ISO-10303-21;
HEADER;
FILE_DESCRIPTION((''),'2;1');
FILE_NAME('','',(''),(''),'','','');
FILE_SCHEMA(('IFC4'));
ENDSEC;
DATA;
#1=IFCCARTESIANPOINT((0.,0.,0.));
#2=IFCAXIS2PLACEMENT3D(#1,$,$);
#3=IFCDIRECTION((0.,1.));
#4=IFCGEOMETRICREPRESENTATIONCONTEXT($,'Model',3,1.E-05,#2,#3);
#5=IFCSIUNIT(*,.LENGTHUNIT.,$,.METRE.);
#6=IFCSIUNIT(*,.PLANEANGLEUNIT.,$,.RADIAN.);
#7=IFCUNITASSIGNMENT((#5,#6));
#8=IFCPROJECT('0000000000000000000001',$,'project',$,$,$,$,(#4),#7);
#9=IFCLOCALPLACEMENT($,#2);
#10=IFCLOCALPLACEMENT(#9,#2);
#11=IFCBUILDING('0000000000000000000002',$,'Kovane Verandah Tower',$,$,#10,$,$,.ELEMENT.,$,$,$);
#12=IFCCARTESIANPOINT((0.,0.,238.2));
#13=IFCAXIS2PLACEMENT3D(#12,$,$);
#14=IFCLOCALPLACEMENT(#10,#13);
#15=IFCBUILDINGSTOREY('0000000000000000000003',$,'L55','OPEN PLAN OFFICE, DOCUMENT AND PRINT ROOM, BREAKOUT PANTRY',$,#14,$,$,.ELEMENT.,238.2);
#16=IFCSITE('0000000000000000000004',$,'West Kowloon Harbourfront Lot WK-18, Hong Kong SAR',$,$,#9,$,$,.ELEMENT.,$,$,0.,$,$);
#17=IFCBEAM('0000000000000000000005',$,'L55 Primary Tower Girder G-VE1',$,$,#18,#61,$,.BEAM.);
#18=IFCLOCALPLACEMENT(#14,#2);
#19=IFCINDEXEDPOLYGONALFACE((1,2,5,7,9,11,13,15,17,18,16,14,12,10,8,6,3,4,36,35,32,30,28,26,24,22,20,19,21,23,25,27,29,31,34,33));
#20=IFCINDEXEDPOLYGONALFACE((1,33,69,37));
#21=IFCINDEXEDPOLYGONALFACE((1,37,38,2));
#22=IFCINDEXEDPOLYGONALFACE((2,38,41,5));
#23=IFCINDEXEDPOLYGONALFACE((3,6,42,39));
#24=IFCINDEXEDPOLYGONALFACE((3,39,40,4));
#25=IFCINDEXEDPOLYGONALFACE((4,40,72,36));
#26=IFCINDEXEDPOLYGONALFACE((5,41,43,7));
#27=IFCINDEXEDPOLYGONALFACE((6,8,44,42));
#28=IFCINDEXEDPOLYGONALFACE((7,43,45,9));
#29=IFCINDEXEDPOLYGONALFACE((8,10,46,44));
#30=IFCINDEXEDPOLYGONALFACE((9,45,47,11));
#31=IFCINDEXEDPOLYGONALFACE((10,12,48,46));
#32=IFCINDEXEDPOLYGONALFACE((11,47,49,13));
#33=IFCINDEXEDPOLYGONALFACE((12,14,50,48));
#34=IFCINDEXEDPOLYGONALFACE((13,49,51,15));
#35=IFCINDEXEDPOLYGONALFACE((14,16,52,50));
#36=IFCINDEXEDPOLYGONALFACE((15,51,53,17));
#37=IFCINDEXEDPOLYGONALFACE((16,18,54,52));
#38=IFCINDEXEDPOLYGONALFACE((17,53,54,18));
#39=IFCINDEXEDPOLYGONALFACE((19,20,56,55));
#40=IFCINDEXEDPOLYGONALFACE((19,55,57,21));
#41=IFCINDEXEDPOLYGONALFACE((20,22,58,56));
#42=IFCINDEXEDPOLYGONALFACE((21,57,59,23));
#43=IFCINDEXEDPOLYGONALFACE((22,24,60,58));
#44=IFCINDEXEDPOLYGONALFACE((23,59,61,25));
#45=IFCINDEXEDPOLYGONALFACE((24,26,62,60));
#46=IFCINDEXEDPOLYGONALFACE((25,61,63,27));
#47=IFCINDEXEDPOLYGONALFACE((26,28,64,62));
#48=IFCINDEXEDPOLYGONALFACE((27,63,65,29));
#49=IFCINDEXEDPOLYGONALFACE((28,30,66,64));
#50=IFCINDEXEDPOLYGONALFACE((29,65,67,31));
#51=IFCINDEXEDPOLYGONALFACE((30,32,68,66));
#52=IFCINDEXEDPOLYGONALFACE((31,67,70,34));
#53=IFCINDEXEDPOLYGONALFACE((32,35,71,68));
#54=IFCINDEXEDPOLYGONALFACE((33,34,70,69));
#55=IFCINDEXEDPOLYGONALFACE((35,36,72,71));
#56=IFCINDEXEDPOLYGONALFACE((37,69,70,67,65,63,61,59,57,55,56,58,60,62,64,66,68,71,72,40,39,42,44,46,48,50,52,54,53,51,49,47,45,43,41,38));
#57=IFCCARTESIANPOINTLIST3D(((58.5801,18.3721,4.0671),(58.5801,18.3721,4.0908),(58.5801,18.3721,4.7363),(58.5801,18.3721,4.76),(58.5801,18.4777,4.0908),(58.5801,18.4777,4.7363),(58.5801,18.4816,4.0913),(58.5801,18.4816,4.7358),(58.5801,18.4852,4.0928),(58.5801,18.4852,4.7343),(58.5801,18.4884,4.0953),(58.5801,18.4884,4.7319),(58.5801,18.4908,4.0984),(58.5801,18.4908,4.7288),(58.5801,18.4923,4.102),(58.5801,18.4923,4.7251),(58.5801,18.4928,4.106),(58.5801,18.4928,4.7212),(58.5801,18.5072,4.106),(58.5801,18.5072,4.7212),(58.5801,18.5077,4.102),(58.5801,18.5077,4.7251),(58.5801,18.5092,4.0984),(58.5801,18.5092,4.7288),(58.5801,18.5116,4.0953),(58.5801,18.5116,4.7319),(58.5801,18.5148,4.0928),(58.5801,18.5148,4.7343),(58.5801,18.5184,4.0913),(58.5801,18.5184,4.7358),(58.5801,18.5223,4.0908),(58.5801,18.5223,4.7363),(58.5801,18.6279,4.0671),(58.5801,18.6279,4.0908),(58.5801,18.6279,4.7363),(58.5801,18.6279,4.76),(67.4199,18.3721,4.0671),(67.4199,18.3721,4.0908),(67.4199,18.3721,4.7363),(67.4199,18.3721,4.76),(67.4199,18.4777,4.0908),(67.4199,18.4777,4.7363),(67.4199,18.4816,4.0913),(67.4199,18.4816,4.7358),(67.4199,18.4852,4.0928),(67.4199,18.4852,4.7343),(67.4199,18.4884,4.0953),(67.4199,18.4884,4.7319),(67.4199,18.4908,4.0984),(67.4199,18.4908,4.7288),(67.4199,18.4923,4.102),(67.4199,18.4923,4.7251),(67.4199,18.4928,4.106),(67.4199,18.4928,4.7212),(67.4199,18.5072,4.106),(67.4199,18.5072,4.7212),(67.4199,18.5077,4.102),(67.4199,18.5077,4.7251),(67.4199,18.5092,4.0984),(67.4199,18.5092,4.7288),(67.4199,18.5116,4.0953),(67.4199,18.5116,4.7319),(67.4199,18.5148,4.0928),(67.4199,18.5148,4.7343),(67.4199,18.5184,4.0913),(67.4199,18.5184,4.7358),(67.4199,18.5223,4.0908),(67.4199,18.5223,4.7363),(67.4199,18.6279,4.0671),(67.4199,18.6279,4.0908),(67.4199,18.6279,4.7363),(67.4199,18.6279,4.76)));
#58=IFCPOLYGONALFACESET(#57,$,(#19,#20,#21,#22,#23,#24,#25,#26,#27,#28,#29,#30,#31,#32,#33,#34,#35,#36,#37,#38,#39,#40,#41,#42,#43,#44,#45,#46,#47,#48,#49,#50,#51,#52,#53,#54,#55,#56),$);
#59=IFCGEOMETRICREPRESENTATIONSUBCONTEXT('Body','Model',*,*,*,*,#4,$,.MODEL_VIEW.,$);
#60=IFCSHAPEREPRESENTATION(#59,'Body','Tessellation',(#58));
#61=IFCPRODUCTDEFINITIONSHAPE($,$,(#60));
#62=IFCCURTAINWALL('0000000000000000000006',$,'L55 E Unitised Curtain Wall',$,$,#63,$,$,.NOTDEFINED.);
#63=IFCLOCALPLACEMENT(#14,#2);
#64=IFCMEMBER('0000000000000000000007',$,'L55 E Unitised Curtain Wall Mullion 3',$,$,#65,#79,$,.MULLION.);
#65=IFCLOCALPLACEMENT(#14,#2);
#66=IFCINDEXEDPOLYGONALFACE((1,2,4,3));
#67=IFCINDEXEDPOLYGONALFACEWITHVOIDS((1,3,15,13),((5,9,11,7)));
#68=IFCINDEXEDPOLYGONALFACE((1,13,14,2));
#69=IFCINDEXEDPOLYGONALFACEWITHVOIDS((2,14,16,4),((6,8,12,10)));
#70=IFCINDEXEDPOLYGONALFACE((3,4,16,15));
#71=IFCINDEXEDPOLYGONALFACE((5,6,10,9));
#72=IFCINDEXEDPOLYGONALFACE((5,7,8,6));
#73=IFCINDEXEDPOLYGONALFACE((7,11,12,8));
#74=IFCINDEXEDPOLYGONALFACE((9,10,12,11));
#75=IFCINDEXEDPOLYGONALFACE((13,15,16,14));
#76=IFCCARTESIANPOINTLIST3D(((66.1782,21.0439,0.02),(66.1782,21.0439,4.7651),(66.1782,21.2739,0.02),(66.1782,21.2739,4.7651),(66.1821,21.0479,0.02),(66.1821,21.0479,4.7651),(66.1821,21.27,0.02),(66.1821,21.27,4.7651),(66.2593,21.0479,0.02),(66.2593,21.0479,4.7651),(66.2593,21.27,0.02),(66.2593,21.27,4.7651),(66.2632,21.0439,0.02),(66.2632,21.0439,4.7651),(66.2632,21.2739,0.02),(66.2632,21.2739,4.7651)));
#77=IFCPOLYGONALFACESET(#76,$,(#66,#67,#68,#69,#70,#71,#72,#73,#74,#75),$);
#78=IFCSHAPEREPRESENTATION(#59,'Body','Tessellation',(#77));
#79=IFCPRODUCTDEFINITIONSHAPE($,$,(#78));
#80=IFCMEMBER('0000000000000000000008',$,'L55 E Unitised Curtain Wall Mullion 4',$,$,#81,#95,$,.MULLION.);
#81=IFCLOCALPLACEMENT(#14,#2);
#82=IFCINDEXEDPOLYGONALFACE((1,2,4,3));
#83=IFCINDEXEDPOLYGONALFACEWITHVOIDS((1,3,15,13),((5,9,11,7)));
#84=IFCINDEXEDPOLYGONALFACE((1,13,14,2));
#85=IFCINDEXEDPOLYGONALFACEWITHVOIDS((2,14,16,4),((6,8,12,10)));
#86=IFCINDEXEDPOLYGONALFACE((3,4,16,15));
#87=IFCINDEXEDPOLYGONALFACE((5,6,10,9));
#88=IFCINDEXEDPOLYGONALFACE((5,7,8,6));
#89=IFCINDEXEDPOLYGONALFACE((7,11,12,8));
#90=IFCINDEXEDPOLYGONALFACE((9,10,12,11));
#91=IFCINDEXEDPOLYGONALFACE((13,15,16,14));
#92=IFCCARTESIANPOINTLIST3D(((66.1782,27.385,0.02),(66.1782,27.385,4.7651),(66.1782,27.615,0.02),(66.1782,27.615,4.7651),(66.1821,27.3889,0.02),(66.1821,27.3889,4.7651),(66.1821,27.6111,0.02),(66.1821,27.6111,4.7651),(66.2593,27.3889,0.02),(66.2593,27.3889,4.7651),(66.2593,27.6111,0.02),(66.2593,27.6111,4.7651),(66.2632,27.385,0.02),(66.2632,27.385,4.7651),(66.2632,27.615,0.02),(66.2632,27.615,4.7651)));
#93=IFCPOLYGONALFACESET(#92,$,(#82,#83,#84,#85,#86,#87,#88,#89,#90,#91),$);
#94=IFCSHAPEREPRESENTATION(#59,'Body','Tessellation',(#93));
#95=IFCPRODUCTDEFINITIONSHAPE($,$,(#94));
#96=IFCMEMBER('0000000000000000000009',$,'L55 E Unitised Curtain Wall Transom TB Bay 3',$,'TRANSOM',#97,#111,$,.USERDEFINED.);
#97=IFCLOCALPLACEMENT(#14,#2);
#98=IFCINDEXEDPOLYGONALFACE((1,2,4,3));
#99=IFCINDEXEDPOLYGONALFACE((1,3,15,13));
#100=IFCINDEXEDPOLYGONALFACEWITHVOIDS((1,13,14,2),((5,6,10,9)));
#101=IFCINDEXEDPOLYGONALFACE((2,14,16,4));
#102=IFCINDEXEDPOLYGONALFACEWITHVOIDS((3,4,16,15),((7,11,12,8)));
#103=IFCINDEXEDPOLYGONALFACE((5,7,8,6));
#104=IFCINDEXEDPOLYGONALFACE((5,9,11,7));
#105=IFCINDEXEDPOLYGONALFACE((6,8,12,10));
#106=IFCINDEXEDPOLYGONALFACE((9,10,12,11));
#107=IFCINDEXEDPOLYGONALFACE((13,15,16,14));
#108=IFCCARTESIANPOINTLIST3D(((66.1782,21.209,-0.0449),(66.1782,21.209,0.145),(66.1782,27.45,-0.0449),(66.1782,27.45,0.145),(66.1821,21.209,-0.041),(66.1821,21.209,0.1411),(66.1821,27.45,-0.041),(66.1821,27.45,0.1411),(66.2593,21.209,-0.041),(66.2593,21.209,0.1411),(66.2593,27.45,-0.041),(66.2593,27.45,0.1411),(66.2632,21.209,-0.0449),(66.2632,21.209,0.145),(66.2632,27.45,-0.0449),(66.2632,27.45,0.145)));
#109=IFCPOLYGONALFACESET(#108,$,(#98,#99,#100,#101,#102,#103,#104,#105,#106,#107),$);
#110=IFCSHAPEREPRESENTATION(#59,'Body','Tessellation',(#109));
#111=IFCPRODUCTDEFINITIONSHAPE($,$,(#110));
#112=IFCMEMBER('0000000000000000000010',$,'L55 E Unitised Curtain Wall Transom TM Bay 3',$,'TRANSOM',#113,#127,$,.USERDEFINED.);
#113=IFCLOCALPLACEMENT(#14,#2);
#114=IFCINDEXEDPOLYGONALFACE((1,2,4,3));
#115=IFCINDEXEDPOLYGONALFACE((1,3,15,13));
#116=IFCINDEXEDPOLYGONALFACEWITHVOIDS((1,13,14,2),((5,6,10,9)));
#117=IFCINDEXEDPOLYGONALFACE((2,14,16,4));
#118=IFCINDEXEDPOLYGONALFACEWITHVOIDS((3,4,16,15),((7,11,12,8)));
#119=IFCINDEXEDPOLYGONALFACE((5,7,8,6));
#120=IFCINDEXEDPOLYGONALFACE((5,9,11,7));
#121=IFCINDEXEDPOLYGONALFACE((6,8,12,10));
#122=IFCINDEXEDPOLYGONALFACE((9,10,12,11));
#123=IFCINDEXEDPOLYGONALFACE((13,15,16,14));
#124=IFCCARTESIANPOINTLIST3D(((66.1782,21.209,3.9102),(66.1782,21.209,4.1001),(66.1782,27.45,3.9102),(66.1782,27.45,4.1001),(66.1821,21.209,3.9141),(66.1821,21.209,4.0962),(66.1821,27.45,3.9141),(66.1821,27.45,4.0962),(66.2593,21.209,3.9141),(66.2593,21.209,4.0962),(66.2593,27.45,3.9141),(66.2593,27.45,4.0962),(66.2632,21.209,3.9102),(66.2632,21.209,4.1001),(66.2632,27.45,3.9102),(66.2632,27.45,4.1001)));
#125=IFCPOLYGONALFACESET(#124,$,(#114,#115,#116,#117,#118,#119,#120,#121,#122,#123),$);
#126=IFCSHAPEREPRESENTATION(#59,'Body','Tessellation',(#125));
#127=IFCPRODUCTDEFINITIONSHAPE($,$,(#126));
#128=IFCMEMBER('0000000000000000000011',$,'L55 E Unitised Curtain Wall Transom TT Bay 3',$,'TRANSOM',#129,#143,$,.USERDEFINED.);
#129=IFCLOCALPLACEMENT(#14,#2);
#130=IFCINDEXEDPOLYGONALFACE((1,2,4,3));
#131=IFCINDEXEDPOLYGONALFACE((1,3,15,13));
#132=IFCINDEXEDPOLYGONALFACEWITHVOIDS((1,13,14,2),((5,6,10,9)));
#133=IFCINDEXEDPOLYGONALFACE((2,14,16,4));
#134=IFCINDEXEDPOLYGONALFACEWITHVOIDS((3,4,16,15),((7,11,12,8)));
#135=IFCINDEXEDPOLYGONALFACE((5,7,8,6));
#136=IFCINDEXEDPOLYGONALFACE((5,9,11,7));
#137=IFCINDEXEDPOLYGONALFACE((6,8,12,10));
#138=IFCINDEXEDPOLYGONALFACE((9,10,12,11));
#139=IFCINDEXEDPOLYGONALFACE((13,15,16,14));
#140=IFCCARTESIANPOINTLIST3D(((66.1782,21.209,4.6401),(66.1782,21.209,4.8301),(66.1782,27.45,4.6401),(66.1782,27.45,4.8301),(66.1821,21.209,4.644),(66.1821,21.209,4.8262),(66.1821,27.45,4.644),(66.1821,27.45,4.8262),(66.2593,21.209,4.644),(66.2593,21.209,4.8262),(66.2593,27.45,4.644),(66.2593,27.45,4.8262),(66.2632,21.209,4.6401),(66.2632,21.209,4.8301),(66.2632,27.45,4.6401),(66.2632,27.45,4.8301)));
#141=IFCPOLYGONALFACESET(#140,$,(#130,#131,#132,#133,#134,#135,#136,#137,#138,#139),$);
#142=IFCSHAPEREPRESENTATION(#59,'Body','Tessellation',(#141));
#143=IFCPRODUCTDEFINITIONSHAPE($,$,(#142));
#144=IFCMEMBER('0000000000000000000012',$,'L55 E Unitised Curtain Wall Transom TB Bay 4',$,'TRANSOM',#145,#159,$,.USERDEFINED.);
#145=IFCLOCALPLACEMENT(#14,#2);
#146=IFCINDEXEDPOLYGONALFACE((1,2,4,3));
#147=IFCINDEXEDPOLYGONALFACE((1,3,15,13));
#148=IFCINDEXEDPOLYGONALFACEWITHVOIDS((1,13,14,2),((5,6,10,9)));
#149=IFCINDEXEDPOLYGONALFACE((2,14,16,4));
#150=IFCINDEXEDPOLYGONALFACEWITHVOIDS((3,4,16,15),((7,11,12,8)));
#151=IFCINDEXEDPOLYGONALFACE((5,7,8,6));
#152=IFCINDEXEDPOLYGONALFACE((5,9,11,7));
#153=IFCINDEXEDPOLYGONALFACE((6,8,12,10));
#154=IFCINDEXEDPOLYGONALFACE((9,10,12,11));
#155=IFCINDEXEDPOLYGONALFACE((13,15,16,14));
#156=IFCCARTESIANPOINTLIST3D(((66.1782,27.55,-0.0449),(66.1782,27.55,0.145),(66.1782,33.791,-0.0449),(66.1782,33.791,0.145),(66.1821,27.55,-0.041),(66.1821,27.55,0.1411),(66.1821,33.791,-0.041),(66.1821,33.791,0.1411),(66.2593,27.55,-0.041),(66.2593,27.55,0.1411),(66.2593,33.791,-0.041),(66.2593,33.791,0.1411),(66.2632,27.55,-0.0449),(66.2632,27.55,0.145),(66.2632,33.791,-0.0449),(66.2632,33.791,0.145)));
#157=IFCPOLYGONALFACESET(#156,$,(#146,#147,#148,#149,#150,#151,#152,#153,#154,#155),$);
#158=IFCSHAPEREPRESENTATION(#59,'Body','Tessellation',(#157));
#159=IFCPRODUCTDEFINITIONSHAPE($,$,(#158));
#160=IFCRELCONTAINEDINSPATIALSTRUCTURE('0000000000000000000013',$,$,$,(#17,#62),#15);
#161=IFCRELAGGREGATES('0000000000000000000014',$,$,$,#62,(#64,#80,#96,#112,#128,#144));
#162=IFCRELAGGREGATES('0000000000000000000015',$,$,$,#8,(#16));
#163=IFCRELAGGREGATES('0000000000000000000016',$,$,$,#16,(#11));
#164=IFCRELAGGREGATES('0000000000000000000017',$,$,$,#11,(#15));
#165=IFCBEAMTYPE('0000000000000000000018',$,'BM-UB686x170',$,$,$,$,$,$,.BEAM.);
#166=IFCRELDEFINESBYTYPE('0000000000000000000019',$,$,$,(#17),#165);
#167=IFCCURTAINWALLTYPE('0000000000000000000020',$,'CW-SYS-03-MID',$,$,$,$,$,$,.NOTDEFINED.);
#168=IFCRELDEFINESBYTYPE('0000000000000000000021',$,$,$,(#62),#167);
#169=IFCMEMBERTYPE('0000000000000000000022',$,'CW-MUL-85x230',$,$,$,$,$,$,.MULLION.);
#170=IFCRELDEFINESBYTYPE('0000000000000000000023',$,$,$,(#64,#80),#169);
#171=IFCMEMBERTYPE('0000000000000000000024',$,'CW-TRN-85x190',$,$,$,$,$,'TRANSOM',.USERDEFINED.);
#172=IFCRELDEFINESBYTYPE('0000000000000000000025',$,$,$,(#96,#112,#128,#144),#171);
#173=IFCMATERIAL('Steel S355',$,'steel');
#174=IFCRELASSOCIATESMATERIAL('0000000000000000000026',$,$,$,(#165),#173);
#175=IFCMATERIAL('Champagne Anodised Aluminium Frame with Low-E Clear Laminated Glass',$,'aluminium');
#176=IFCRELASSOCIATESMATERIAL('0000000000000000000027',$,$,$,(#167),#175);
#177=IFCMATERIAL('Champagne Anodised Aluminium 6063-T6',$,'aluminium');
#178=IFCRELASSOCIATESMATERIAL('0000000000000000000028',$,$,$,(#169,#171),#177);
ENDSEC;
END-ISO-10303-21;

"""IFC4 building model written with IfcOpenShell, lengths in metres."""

from ifc_helpers import new_model, si_unit, direction, frame, origin, origin_2d, place, context, subcontext, project, spatial, hollow_rectangle, i_section, extrude, material, material_profile, profile_set, type_object, element, aggregate, save


model = new_model("IFC4")

# Units and contexts
model_context = context("Model", 3, precision=1e-05, world=origin(), true_north=direction((0.0, 1.0)))
body_context = subcontext(model_context, "Body", "Model", "MODEL_VIEW")
ifc_project = project(units=[si_unit("LENGTHUNIT", "METRE"), si_unit("PLANEANGLEUNIT", "RADIAN")], contexts=[model_context])

# Site, building, storey
site_placement = place(None, origin())
site = spatial("IfcSite", under=ifc_project, at=site_placement, Name="West Kowloon Harbourfront Lot WK-18, Hong Kong SAR", CompositionType="ELEMENT", RefElevation=0.0)
building_placement = place(site_placement, origin())
building = spatial("IfcBuilding", under=site, at=building_placement, Name="Kovane Verandah Tower", CompositionType="ELEMENT")
storey_placement = place(building_placement, frame((0.0, 0.0, 238.2)))
storey = spatial("IfcBuildingStorey", under=building, at=storey_placement, Name="L55", Description="OPEN PLAN OFFICE, DOCUMENT AND PRINT ROOM, BREAKOUT PANTRY", CompositionType="ELEMENT", Elevation=238.2)

# Beam
ifc_material_1 = material(Name="Steel S355", Category="steel")
ifc_material_profile_1 = material_profile(ifc_material_1, i_section(OverallWidth=0.2559, OverallDepth=0.6929, WebThickness=0.0144, FlangeThickness=0.0237, FilletRadius=0.0151, at=origin_2d()), Name="UB686x254x170")
ifc_profile_set_1 = profile_set([ifc_material_profile_1], Name="Steel S355")
beam_type_1 = type_object("IfcBeamType", Name="BM-UB686x170", PredefinedType="BEAM", material=ifc_profile_set_1)
beam_1_placement = place(storey_placement, frame((58.5801, 18.5, 4.4136), z_axis=(1.0, 0.0, 0.0), x_axis=(0.0, 1.0, 0.0)))
element("IfcBeam", 1, at=beam_1_placement, inside=storey, type_object=beam_type_1, Name="L55 Primary Tower Girder G-VE1", PredefinedType="BEAM", context=body_context, shape_type="SweptSolid", body=[
    extrude(i_section(OverallWidth=0.2559, OverallDepth=0.6929, WebThickness=0.0144, FlangeThickness=0.0237, FilletRadius=0.0151, at=origin_2d()), origin(), (0.0, 0.0, 1.0), 8.8398),
])

# Curtain wall, members
ifc_material_2 = material(Name="Champagne Anodised Aluminium Frame with Low-E Clear Laminated Glass", Category="aluminium")
curtain_wall_type = type_object("IfcCurtainWallType", Name="CW-SYS-03-MID", PredefinedType="NOTDEFINED", material=ifc_material_2)
curtain_wall_placement = place(storey_placement, origin())
curtain_wall = element("IfcCurtainWall", 2, at=curtain_wall_placement, inside=storey, type_object=curtain_wall_type, Name="L55 E Unitised Curtain Wall", PredefinedType="NOTDEFINED")
ifc_material_3 = material(Name="Champagne Anodised Aluminium 6063-T6", Category="aluminium")
ifc_material_profile_2 = material_profile(ifc_material_3, hollow_rectangle(XDim=0.085, YDim=0.23, WallThickness=0.0039, at=origin_2d()), Name="AL85x230x4")
ifc_profile_set_2 = profile_set([ifc_material_profile_2], Name="Champagne Anodised Aluminium 6063-T6")
member_type_1 = type_object("IfcMemberType", Name="CW-MUL-85x230", PredefinedType="MULLION", material=ifc_profile_set_2)
member_1_placement = place(storey_placement, frame((66.2207, 21.1589, 0.02), z_axis=(0.0, 0.0, 1.0), x_axis=(1.0, 0.0, 0.0)))
member_1 = element("IfcMember", 3, at=member_1_placement, type_object=member_type_1, Name="L55 E Unitised Curtain Wall Mullion 3", PredefinedType="MULLION", context=body_context, shape_type="SweptSolid", body=[
    extrude(hollow_rectangle(XDim=0.085, YDim=0.23, WallThickness=0.0039, at=origin_2d()), origin(), (0.0, 0.0, 1.0), 4.7451),
])
member_2_placement = place(storey_placement, frame((66.2207, 27.5, 0.02), z_axis=(0.0, 0.0, 1.0), x_axis=(1.0, 0.0, 0.0)))
member_2 = element("IfcMember", 4, at=member_2_placement, type_object=member_type_1, Name="L55 E Unitised Curtain Wall Mullion 4", PredefinedType="MULLION", context=body_context, shape_type="SweptSolid", body=[
    extrude(hollow_rectangle(XDim=0.085, YDim=0.23, WallThickness=0.0039, at=origin_2d()), origin(), (0.0, 0.0, 1.0), 4.7451),
])
ifc_material_profile_3 = material_profile(ifc_material_3, hollow_rectangle(XDim=0.085, YDim=0.1899, WallThickness=0.0039, at=origin_2d()), Name="AL85x190x4")
ifc_profile_set_3 = profile_set([ifc_material_profile_3], Name="Champagne Anodised Aluminium 6063-T6")
member_type_2 = type_object("IfcMemberType", Name="CW-TRN-85x190", ElementType="TRANSOM", PredefinedType="USERDEFINED", material=ifc_profile_set_3)
member_3_placement = place(storey_placement, frame((66.2207, 21.209, 0.05), z_axis=(0.0, 1.0, 0.0), x_axis=(-1.0, 0.0, 0.0)))
member_3 = element("IfcMember", 5, at=member_3_placement, type_object=member_type_2, Name="L55 E Unitised Curtain Wall Transom TB Bay 3", ObjectType="TRANSOM", PredefinedType="USERDEFINED", context=body_context, shape_type="SweptSolid", body=[
    extrude(hollow_rectangle(XDim=0.085, YDim=0.1899, WallThickness=0.0039, at=origin_2d()), origin(), (0.0, 0.0, 1.0), 6.241),
])
member_4_placement = place(storey_placement, frame((66.2207, 21.209, 4.0051), z_axis=(0.0, 1.0, 0.0), x_axis=(-1.0, 0.0, 0.0)))
member_4 = element("IfcMember", 6, at=member_4_placement, type_object=member_type_2, Name="L55 E Unitised Curtain Wall Transom TM Bay 3", ObjectType="TRANSOM", PredefinedType="USERDEFINED", context=body_context, shape_type="SweptSolid", body=[
    extrude(hollow_rectangle(XDim=0.085, YDim=0.1899, WallThickness=0.0039, at=origin_2d()), origin(), (0.0, 0.0, 1.0), 6.241),
])
member_5_placement = place(storey_placement, frame((66.2207, 21.209, 4.7351), z_axis=(0.0, 1.0, 0.0), x_axis=(-1.0, 0.0, 0.0)))
member_5 = element("IfcMember", 7, at=member_5_placement, type_object=member_type_2, Name="L55 E Unitised Curtain Wall Transom TT Bay 3", ObjectType="TRANSOM", PredefinedType="USERDEFINED", context=body_context, shape_type="SweptSolid", body=[
    extrude(hollow_rectangle(XDim=0.085, YDim=0.1899, WallThickness=0.0039, at=origin_2d()), origin(), (0.0, 0.0, 1.0), 6.241),
])
member_6_placement = place(storey_placement, frame((66.2207, 27.55, 0.05), z_axis=(0.0, 1.0, 0.0), x_axis=(-1.0, 0.0, 0.0)))
member_6 = element("IfcMember", 8, at=member_6_placement, type_object=member_type_2, Name="L55 E Unitised Curtain Wall Transom TB Bay 4", ObjectType="TRANSOM", PredefinedType="USERDEFINED", context=body_context, shape_type="SweptSolid", body=[
    extrude(hollow_rectangle(XDim=0.085, YDim=0.1899, WallThickness=0.0039, at=origin_2d()), origin(), (0.0, 0.0, 1.0), 6.241),
])

aggregate(curtain_wall, [member_1, member_2, member_3, member_4, member_5, member_6])

save(model, "model.ifc")
